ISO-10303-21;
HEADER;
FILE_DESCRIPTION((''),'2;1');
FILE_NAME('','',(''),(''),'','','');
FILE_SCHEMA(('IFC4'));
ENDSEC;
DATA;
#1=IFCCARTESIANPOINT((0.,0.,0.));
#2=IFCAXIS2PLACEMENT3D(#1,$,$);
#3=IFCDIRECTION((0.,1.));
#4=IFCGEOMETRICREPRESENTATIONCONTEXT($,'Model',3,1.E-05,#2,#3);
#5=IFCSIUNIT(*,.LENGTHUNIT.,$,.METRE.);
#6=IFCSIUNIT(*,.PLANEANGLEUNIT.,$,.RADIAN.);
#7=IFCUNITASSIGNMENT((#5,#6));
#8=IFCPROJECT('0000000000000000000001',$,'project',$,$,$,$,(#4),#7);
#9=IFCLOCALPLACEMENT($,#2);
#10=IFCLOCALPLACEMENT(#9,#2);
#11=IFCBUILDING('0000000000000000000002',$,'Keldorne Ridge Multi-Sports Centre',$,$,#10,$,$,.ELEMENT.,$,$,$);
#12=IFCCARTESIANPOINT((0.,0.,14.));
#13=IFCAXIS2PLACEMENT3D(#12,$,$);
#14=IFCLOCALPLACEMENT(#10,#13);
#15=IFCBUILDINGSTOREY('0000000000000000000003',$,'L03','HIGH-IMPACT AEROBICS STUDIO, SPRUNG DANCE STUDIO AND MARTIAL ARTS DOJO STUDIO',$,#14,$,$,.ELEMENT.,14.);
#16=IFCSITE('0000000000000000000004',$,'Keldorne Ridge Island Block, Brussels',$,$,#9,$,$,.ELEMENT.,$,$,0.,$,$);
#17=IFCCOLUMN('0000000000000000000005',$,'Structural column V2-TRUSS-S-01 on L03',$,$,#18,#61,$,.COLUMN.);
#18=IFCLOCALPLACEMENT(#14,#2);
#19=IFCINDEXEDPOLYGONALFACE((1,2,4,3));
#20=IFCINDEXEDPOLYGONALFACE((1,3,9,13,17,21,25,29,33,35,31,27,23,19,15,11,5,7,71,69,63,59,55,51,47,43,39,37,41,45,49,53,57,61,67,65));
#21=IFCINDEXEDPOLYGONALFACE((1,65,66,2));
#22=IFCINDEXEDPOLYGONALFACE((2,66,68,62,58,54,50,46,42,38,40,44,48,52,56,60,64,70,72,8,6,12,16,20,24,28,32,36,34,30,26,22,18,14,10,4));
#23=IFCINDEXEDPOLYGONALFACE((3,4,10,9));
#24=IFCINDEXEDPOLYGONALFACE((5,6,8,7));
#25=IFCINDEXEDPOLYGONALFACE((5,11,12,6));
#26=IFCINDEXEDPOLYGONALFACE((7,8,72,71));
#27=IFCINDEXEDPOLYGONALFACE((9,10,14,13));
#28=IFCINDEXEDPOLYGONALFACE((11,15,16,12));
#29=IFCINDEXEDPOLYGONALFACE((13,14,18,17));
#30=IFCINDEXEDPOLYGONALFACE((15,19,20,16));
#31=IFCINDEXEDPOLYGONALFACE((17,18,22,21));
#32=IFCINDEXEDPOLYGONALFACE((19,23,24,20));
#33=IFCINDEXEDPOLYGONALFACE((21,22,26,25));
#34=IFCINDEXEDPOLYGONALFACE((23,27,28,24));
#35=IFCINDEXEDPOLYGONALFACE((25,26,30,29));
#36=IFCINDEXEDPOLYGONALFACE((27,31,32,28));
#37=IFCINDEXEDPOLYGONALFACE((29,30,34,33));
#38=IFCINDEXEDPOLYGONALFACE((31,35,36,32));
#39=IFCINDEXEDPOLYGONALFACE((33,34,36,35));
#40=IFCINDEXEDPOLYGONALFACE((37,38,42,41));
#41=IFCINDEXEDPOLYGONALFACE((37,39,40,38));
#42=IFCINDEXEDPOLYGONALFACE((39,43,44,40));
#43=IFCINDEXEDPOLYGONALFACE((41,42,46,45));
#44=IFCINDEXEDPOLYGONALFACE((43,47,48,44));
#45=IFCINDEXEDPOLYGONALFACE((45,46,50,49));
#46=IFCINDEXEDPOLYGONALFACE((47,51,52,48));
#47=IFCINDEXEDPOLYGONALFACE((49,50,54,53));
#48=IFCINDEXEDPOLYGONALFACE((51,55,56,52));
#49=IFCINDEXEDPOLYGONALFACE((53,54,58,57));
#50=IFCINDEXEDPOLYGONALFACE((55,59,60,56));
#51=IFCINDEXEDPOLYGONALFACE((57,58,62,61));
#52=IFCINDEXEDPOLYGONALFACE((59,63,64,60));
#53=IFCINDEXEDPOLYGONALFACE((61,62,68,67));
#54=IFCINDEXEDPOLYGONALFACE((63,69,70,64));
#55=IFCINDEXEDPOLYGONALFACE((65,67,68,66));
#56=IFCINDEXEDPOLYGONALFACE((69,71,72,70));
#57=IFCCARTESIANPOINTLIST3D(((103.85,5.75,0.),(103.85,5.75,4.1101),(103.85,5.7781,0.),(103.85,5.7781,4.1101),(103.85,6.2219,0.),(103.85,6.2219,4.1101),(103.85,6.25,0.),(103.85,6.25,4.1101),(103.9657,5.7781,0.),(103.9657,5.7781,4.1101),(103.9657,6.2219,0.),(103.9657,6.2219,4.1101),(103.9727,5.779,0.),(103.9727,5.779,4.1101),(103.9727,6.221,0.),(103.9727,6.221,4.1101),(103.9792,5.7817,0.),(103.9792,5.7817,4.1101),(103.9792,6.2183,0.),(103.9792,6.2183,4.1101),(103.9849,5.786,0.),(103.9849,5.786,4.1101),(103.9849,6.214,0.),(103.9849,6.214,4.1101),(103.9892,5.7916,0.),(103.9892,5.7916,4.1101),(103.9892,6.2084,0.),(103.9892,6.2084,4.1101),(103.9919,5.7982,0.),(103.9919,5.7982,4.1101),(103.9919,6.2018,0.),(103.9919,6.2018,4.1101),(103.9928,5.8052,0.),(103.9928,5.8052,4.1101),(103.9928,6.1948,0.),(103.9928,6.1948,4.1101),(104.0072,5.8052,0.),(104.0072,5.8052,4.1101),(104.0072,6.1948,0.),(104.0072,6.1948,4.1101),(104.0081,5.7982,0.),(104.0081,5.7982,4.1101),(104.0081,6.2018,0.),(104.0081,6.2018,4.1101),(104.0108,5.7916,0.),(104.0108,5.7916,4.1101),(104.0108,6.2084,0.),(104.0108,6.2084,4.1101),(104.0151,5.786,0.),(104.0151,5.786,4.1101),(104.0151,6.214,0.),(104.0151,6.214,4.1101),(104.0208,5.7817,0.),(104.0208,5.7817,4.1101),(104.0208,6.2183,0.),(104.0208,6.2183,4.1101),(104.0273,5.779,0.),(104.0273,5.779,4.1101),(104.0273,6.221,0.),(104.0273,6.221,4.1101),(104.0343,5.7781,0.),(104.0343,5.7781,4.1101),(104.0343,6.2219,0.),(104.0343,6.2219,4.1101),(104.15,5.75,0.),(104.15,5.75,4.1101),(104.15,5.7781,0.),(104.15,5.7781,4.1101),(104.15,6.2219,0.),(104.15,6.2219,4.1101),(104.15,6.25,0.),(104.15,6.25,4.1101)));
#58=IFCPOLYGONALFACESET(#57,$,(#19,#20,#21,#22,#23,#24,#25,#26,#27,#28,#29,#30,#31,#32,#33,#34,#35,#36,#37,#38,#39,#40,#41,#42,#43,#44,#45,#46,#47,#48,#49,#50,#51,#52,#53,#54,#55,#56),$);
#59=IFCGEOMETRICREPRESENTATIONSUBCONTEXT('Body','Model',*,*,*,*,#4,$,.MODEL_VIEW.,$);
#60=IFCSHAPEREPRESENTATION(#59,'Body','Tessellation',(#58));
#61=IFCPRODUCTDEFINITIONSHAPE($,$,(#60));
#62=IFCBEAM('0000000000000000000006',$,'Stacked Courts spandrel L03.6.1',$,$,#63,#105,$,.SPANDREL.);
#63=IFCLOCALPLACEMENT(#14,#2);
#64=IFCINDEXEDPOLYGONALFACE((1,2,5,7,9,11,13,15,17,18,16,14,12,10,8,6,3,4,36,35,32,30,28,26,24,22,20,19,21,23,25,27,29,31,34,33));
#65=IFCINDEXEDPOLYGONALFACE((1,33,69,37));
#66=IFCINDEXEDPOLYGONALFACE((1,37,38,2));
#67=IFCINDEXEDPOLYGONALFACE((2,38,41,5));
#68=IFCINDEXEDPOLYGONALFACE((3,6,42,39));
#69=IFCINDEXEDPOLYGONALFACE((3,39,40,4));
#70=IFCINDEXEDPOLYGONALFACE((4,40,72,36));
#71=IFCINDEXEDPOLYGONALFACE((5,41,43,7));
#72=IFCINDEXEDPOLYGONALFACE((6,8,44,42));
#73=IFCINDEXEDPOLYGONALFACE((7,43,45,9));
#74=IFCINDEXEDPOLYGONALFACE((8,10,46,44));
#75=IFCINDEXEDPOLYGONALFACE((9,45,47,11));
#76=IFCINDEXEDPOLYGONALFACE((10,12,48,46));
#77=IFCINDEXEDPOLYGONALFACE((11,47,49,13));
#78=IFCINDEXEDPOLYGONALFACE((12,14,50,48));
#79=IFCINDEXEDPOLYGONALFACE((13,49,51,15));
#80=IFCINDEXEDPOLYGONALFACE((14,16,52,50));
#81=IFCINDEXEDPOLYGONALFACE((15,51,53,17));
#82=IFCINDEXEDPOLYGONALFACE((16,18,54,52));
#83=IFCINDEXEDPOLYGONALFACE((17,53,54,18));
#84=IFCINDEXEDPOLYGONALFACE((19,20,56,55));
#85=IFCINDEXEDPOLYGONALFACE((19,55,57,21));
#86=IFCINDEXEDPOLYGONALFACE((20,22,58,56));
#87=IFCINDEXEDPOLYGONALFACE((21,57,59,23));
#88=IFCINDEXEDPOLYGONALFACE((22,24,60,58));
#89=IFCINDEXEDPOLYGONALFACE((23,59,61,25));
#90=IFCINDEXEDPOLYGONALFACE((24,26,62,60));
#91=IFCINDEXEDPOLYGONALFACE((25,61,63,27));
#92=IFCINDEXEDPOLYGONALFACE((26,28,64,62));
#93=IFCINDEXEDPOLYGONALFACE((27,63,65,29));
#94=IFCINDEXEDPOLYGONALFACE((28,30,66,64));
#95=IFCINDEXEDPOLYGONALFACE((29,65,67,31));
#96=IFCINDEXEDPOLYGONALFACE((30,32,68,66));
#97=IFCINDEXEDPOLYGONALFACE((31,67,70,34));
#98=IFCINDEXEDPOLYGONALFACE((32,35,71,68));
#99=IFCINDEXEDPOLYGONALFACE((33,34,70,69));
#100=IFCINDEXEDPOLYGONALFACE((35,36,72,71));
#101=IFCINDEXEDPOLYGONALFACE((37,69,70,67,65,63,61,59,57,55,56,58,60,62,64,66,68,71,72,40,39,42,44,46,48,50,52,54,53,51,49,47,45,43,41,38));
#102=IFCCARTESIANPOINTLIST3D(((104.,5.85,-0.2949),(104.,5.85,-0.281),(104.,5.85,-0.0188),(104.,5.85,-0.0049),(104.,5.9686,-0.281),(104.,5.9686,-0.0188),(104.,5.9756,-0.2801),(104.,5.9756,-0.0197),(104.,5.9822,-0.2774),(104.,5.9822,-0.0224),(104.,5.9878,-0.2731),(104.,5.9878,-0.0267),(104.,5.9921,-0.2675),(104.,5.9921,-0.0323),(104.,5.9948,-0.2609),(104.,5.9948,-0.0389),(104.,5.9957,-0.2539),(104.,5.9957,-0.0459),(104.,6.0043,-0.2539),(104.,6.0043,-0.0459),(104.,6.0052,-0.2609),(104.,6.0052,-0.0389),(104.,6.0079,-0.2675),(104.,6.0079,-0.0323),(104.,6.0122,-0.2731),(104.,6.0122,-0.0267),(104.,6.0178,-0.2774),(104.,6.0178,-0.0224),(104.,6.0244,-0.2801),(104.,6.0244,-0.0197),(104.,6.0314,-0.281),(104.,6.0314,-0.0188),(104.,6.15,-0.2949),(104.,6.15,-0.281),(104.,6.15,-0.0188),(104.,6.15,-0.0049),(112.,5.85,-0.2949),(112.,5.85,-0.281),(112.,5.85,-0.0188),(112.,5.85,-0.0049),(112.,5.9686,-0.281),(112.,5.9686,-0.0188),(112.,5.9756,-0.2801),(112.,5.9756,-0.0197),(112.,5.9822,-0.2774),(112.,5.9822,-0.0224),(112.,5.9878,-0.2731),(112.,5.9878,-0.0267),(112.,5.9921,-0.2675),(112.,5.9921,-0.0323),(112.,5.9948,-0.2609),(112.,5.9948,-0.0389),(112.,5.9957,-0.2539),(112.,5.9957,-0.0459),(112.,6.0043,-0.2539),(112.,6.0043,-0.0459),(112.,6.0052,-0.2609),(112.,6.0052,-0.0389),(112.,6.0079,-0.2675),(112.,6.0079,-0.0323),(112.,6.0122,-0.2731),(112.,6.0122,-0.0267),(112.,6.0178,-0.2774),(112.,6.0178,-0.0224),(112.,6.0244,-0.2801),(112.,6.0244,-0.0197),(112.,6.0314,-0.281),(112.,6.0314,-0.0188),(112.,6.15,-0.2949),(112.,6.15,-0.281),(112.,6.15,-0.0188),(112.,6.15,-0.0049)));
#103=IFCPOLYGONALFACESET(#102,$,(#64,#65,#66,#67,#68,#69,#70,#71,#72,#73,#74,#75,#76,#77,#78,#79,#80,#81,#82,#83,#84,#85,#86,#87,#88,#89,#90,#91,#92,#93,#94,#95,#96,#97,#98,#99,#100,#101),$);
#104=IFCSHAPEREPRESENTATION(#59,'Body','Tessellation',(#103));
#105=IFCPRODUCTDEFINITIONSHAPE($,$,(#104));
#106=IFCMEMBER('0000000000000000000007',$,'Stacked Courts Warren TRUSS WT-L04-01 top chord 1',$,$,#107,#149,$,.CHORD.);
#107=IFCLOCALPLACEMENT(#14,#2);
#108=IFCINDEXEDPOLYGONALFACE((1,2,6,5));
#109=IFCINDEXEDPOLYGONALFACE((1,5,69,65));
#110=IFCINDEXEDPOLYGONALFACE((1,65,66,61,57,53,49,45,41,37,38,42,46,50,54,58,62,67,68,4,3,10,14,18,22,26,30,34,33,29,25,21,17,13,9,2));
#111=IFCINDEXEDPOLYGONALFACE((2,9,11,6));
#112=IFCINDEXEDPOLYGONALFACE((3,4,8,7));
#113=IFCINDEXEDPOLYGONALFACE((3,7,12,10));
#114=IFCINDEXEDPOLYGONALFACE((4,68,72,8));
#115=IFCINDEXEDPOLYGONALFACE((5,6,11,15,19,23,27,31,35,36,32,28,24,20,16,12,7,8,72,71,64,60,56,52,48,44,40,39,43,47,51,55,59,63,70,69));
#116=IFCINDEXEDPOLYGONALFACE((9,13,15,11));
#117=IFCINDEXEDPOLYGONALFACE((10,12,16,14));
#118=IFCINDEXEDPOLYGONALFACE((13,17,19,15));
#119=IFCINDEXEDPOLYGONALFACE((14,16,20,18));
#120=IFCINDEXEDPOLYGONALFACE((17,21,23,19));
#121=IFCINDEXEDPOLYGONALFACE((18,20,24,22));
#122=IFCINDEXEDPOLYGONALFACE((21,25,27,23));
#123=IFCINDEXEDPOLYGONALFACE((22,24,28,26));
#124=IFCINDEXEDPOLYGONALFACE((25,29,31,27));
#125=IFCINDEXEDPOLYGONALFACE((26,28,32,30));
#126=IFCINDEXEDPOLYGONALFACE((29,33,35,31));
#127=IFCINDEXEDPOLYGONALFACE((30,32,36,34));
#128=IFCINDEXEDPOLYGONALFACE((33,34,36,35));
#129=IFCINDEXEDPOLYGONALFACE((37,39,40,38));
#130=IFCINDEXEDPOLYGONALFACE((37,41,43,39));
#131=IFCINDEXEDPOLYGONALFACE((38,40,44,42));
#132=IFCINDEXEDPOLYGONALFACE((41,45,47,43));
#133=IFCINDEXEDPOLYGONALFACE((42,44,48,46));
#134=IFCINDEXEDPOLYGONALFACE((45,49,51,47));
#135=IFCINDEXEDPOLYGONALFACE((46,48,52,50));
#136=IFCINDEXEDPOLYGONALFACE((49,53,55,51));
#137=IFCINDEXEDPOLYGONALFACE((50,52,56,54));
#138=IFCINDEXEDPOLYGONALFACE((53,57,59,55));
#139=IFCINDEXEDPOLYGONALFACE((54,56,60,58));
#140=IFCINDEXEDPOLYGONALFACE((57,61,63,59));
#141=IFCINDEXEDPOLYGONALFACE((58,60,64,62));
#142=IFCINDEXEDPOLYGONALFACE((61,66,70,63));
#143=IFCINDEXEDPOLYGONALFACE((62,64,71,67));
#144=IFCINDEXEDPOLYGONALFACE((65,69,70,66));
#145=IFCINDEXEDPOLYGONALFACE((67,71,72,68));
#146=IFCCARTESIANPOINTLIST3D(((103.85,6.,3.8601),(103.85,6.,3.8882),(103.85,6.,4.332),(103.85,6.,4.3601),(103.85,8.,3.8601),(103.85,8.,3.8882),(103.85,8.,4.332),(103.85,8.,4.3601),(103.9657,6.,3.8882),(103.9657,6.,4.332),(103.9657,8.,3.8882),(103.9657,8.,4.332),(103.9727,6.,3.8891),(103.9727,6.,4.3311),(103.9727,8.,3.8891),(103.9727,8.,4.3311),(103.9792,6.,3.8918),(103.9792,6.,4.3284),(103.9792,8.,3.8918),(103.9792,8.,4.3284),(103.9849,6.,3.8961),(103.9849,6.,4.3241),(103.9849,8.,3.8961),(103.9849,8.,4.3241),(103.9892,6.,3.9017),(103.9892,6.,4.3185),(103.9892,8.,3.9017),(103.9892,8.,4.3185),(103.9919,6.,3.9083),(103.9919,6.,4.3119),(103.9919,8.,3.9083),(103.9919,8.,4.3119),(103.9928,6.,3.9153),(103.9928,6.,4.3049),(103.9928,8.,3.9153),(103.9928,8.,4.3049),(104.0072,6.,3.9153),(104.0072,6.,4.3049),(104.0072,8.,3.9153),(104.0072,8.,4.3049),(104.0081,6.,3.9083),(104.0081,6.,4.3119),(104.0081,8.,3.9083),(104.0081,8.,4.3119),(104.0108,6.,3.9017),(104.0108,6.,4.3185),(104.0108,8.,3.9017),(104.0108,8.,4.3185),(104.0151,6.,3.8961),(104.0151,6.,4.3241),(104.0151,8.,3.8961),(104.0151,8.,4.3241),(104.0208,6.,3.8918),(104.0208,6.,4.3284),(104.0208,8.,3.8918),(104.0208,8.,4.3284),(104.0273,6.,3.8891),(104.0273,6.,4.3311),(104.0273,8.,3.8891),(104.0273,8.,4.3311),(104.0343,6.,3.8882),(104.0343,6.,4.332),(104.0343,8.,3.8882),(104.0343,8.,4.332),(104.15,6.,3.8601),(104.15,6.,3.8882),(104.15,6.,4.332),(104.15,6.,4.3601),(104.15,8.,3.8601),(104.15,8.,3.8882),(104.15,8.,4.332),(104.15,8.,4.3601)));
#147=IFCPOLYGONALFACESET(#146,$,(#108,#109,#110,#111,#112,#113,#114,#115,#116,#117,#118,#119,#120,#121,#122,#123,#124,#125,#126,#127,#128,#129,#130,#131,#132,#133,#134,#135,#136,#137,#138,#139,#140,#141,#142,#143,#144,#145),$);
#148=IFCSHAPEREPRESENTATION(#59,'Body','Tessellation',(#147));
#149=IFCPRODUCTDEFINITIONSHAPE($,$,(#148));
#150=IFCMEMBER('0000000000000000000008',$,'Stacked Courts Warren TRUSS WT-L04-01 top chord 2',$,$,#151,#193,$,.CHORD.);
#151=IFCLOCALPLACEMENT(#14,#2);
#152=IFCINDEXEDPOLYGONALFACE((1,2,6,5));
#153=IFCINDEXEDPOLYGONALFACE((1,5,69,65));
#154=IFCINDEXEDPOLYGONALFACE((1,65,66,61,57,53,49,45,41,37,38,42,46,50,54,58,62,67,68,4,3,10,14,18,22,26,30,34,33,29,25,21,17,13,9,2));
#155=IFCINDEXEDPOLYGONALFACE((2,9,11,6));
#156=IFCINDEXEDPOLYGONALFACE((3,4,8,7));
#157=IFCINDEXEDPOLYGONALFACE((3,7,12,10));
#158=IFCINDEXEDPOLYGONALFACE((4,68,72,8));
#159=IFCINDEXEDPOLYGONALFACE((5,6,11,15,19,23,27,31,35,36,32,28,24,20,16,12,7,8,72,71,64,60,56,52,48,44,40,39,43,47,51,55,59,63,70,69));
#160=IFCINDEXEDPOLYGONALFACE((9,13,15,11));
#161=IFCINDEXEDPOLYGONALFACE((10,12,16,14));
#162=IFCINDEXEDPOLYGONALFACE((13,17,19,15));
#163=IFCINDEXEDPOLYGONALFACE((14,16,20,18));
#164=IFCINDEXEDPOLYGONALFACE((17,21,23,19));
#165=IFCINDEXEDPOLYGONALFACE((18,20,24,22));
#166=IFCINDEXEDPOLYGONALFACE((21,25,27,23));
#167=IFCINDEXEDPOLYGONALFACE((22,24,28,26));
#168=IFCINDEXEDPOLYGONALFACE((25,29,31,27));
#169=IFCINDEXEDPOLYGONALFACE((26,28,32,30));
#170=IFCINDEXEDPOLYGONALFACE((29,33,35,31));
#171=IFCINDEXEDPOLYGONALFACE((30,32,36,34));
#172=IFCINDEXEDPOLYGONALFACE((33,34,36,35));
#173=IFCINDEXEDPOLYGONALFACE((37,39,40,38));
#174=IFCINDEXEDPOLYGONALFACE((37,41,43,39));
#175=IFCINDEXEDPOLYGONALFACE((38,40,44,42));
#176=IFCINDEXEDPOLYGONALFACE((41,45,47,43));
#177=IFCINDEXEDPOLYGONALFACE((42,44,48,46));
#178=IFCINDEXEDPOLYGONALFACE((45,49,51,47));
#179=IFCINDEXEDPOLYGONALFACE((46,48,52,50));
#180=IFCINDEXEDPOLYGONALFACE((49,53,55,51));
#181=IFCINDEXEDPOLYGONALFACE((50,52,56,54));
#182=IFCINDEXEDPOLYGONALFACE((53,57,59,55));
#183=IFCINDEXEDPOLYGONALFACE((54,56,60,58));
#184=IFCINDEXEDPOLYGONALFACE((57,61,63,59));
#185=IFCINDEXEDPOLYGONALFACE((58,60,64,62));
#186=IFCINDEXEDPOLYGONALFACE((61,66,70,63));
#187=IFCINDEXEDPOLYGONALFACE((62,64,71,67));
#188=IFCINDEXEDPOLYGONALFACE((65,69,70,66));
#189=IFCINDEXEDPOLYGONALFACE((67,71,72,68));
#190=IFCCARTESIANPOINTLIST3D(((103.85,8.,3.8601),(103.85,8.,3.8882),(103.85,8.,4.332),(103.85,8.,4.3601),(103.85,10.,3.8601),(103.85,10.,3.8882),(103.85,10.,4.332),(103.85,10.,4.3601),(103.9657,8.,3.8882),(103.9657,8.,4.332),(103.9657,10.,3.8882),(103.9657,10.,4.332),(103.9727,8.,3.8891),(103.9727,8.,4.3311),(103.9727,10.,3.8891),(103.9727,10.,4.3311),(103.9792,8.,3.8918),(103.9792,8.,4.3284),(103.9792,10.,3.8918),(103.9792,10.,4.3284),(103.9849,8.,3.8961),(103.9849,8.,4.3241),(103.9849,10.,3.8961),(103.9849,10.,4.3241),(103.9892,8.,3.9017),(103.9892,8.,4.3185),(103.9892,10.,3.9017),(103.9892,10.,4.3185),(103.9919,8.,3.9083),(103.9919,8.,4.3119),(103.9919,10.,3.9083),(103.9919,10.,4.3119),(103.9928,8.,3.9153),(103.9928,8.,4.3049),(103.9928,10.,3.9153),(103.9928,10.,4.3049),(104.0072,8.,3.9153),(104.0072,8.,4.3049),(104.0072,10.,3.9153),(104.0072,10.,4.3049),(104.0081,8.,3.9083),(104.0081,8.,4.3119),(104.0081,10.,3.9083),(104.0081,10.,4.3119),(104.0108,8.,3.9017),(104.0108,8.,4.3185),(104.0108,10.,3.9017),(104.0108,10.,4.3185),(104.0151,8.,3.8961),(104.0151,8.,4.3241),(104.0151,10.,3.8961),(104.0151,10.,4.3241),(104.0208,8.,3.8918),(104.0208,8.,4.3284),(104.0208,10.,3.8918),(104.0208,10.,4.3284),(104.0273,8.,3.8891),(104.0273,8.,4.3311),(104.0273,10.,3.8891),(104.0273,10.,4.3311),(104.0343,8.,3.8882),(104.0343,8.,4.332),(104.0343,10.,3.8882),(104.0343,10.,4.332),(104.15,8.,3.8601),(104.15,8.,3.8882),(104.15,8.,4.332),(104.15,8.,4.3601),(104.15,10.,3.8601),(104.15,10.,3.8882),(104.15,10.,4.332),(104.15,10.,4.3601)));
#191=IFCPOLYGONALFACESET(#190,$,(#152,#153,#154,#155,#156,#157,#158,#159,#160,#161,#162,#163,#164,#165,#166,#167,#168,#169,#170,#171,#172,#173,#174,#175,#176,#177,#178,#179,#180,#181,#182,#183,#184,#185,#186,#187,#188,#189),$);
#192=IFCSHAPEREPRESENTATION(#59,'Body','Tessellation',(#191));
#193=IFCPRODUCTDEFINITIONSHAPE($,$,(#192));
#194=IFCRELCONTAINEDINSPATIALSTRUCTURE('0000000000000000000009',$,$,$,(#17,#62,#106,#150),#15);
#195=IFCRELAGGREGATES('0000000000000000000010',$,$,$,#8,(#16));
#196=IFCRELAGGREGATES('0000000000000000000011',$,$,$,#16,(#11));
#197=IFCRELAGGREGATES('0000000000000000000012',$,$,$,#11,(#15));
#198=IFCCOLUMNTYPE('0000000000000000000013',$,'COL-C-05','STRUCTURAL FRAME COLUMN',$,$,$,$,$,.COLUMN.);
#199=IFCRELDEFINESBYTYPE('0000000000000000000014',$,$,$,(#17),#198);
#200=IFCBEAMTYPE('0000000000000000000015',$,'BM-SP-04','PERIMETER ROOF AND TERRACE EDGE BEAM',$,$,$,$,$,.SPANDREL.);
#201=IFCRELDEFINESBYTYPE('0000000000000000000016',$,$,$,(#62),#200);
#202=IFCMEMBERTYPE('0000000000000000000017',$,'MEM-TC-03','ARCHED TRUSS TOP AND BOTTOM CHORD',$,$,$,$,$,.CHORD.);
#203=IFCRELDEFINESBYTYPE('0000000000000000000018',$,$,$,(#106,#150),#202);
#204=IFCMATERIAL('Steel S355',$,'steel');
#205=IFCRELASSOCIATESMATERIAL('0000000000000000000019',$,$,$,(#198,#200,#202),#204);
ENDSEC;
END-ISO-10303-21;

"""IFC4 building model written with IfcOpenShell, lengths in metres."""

from ifc_helpers import new_model, si_unit, direction, frame, origin, origin_2d, place, context, subcontext, project, spatial, i_section, extrude, material, material_profile, profile_set, type_object, element, save


model = new_model("IFC4")

# Units and contexts
model_context = context("Model", 3, precision=1e-05, world=origin(), true_north=direction((0.0, 1.0)))
body_context = subcontext(model_context, "Body", "Model", "MODEL_VIEW")
ifc_project = project(units=[si_unit("LENGTHUNIT", "METRE"), si_unit("PLANEANGLEUNIT", "RADIAN")], contexts=[model_context])

# Site, building, storey
site_placement = place(None, origin())
site = spatial("IfcSite", under=ifc_project, at=site_placement, Name="Keldorne Ridge Island Block, Brussels", CompositionType="ELEMENT", RefElevation=0.0)
building_placement = place(site_placement, origin())
building = spatial("IfcBuilding", under=site, at=building_placement, Name="Keldorne Ridge Multi-Sports Centre", CompositionType="ELEMENT")
storey_placement = place(building_placement, frame((0.0, 0.0, 14.0)))
storey = spatial("IfcBuildingStorey", under=building, at=storey_placement, Name="L03", Description="HIGH-IMPACT AEROBICS STUDIO, SPRUNG DANCE STUDIO AND MARTIAL ARTS DOJO STUDIO", CompositionType="ELEMENT", Elevation=14.0)

# Column
ifc_material_1 = material(Name="Steel S355", Category="steel")
ifc_material_profile_1 = material_profile(ifc_material_1, i_section(OverallWidth=0.3, OverallDepth=0.5, WebThickness=0.0144, FlangeThickness=0.0281, FilletRadius=0.0271, at=origin_2d()), Name="HEB 500")
ifc_profile_set_1 = profile_set([ifc_material_profile_1], Name="Steel S355")
column_type = type_object("IfcColumnType", Name="COL-C-05", Description="STRUCTURAL FRAME COLUMN", PredefinedType="COLUMN", material=ifc_profile_set_1)
column_placement = place(storey_placement, frame((104.0, 6.0, 0.0), z_axis=(0.0, 0.0, 1.0), x_axis=(1.0, 0.0, 0.0)))
element("IfcColumn", 1, at=column_placement, inside=storey, type_object=column_type, Name="Structural column V2-TRUSS-S-01 on L03", PredefinedType="COLUMN", context=body_context, shape_type="SweptSolid", body=[
    extrude(i_section(OverallWidth=0.3, OverallDepth=0.5, WebThickness=0.0144, FlangeThickness=0.0281, FilletRadius=0.0271, at=origin_2d()), origin(), (0.0, 0.0, 1.0), 4.1101),
])

# Beam
ifc_material_profile_2 = material_profile(ifc_material_1, i_section(OverallWidth=0.3, OverallDepth=0.29, WebThickness=0.0085, FlangeThickness=0.0139, FilletRadius=0.0271, at=origin_2d()), Name="HEA 300")
ifc_profile_set_2 = profile_set([ifc_material_profile_2], Name="Steel S355")
beam_type = type_object("IfcBeamType", Name="BM-SP-04", Description="PERIMETER ROOF AND TERRACE EDGE BEAM", PredefinedType="SPANDREL", material=ifc_profile_set_2)
beam_placement = place(storey_placement, frame((104.0, 6.0, -0.1499), z_axis=(1.0, 0.0, 0.0), x_axis=(0.0, 1.0, 0.0)))
element("IfcBeam", 2, at=beam_placement, inside=storey, type_object=beam_type, Name="Stacked Courts spandrel L03.6.1", PredefinedType="SPANDREL", context=body_context, shape_type="SweptSolid", body=[
    extrude(i_section(OverallWidth=0.3, OverallDepth=0.29, WebThickness=0.0085, FlangeThickness=0.0139, FilletRadius=0.0271, at=origin_2d()), origin(), (0.0, 0.0, 1.0), 8.0),
])

# Members
ifc_material_profile_3 = material_profile(ifc_material_1, i_section(OverallWidth=0.3, OverallDepth=0.5, WebThickness=0.0144, FlangeThickness=0.0281, FilletRadius=0.0271, at=origin_2d()), Name="HEB 500")
ifc_profile_set_3 = profile_set([ifc_material_profile_3], Name="Steel S355")
member_type_1 = type_object("IfcMemberType", Name="MEM-TC-03", Description="ARCHED TRUSS TOP AND BOTTOM CHORD", PredefinedType="CHORD", material=ifc_profile_set_3)
for number, where, z_axis, x_axis, name in (
    (3, (104.0, 6.0, 4.1101), (0.0, 1.0, 0.0), (-1.0, 0.0, 0.0), "Stacked Courts Warren TRUSS WT-L04-01 top chord 1"),
    (4, (104.0, 8.0, 4.1101), (0.0, 1.0, 0.0), (-1.0, 0.0, 0.0), "Stacked Courts Warren TRUSS WT-L04-01 top chord 2"),
):
    element("IfcMember", number, at=place(storey_placement, frame(where, z_axis=z_axis, x_axis=x_axis)), inside=storey, type_object=member_type_1, Name=name, PredefinedType="CHORD", context=body_context, shape_type="SweptSolid", body=[
        extrude(i_section(OverallWidth=0.3, OverallDepth=0.5, WebThickness=0.0144, FlangeThickness=0.0281, FilletRadius=0.0271, at=origin_2d()), origin(), (0.0, 0.0, 1.0), 2.0),
    ])

save(model, "model.ifc")
